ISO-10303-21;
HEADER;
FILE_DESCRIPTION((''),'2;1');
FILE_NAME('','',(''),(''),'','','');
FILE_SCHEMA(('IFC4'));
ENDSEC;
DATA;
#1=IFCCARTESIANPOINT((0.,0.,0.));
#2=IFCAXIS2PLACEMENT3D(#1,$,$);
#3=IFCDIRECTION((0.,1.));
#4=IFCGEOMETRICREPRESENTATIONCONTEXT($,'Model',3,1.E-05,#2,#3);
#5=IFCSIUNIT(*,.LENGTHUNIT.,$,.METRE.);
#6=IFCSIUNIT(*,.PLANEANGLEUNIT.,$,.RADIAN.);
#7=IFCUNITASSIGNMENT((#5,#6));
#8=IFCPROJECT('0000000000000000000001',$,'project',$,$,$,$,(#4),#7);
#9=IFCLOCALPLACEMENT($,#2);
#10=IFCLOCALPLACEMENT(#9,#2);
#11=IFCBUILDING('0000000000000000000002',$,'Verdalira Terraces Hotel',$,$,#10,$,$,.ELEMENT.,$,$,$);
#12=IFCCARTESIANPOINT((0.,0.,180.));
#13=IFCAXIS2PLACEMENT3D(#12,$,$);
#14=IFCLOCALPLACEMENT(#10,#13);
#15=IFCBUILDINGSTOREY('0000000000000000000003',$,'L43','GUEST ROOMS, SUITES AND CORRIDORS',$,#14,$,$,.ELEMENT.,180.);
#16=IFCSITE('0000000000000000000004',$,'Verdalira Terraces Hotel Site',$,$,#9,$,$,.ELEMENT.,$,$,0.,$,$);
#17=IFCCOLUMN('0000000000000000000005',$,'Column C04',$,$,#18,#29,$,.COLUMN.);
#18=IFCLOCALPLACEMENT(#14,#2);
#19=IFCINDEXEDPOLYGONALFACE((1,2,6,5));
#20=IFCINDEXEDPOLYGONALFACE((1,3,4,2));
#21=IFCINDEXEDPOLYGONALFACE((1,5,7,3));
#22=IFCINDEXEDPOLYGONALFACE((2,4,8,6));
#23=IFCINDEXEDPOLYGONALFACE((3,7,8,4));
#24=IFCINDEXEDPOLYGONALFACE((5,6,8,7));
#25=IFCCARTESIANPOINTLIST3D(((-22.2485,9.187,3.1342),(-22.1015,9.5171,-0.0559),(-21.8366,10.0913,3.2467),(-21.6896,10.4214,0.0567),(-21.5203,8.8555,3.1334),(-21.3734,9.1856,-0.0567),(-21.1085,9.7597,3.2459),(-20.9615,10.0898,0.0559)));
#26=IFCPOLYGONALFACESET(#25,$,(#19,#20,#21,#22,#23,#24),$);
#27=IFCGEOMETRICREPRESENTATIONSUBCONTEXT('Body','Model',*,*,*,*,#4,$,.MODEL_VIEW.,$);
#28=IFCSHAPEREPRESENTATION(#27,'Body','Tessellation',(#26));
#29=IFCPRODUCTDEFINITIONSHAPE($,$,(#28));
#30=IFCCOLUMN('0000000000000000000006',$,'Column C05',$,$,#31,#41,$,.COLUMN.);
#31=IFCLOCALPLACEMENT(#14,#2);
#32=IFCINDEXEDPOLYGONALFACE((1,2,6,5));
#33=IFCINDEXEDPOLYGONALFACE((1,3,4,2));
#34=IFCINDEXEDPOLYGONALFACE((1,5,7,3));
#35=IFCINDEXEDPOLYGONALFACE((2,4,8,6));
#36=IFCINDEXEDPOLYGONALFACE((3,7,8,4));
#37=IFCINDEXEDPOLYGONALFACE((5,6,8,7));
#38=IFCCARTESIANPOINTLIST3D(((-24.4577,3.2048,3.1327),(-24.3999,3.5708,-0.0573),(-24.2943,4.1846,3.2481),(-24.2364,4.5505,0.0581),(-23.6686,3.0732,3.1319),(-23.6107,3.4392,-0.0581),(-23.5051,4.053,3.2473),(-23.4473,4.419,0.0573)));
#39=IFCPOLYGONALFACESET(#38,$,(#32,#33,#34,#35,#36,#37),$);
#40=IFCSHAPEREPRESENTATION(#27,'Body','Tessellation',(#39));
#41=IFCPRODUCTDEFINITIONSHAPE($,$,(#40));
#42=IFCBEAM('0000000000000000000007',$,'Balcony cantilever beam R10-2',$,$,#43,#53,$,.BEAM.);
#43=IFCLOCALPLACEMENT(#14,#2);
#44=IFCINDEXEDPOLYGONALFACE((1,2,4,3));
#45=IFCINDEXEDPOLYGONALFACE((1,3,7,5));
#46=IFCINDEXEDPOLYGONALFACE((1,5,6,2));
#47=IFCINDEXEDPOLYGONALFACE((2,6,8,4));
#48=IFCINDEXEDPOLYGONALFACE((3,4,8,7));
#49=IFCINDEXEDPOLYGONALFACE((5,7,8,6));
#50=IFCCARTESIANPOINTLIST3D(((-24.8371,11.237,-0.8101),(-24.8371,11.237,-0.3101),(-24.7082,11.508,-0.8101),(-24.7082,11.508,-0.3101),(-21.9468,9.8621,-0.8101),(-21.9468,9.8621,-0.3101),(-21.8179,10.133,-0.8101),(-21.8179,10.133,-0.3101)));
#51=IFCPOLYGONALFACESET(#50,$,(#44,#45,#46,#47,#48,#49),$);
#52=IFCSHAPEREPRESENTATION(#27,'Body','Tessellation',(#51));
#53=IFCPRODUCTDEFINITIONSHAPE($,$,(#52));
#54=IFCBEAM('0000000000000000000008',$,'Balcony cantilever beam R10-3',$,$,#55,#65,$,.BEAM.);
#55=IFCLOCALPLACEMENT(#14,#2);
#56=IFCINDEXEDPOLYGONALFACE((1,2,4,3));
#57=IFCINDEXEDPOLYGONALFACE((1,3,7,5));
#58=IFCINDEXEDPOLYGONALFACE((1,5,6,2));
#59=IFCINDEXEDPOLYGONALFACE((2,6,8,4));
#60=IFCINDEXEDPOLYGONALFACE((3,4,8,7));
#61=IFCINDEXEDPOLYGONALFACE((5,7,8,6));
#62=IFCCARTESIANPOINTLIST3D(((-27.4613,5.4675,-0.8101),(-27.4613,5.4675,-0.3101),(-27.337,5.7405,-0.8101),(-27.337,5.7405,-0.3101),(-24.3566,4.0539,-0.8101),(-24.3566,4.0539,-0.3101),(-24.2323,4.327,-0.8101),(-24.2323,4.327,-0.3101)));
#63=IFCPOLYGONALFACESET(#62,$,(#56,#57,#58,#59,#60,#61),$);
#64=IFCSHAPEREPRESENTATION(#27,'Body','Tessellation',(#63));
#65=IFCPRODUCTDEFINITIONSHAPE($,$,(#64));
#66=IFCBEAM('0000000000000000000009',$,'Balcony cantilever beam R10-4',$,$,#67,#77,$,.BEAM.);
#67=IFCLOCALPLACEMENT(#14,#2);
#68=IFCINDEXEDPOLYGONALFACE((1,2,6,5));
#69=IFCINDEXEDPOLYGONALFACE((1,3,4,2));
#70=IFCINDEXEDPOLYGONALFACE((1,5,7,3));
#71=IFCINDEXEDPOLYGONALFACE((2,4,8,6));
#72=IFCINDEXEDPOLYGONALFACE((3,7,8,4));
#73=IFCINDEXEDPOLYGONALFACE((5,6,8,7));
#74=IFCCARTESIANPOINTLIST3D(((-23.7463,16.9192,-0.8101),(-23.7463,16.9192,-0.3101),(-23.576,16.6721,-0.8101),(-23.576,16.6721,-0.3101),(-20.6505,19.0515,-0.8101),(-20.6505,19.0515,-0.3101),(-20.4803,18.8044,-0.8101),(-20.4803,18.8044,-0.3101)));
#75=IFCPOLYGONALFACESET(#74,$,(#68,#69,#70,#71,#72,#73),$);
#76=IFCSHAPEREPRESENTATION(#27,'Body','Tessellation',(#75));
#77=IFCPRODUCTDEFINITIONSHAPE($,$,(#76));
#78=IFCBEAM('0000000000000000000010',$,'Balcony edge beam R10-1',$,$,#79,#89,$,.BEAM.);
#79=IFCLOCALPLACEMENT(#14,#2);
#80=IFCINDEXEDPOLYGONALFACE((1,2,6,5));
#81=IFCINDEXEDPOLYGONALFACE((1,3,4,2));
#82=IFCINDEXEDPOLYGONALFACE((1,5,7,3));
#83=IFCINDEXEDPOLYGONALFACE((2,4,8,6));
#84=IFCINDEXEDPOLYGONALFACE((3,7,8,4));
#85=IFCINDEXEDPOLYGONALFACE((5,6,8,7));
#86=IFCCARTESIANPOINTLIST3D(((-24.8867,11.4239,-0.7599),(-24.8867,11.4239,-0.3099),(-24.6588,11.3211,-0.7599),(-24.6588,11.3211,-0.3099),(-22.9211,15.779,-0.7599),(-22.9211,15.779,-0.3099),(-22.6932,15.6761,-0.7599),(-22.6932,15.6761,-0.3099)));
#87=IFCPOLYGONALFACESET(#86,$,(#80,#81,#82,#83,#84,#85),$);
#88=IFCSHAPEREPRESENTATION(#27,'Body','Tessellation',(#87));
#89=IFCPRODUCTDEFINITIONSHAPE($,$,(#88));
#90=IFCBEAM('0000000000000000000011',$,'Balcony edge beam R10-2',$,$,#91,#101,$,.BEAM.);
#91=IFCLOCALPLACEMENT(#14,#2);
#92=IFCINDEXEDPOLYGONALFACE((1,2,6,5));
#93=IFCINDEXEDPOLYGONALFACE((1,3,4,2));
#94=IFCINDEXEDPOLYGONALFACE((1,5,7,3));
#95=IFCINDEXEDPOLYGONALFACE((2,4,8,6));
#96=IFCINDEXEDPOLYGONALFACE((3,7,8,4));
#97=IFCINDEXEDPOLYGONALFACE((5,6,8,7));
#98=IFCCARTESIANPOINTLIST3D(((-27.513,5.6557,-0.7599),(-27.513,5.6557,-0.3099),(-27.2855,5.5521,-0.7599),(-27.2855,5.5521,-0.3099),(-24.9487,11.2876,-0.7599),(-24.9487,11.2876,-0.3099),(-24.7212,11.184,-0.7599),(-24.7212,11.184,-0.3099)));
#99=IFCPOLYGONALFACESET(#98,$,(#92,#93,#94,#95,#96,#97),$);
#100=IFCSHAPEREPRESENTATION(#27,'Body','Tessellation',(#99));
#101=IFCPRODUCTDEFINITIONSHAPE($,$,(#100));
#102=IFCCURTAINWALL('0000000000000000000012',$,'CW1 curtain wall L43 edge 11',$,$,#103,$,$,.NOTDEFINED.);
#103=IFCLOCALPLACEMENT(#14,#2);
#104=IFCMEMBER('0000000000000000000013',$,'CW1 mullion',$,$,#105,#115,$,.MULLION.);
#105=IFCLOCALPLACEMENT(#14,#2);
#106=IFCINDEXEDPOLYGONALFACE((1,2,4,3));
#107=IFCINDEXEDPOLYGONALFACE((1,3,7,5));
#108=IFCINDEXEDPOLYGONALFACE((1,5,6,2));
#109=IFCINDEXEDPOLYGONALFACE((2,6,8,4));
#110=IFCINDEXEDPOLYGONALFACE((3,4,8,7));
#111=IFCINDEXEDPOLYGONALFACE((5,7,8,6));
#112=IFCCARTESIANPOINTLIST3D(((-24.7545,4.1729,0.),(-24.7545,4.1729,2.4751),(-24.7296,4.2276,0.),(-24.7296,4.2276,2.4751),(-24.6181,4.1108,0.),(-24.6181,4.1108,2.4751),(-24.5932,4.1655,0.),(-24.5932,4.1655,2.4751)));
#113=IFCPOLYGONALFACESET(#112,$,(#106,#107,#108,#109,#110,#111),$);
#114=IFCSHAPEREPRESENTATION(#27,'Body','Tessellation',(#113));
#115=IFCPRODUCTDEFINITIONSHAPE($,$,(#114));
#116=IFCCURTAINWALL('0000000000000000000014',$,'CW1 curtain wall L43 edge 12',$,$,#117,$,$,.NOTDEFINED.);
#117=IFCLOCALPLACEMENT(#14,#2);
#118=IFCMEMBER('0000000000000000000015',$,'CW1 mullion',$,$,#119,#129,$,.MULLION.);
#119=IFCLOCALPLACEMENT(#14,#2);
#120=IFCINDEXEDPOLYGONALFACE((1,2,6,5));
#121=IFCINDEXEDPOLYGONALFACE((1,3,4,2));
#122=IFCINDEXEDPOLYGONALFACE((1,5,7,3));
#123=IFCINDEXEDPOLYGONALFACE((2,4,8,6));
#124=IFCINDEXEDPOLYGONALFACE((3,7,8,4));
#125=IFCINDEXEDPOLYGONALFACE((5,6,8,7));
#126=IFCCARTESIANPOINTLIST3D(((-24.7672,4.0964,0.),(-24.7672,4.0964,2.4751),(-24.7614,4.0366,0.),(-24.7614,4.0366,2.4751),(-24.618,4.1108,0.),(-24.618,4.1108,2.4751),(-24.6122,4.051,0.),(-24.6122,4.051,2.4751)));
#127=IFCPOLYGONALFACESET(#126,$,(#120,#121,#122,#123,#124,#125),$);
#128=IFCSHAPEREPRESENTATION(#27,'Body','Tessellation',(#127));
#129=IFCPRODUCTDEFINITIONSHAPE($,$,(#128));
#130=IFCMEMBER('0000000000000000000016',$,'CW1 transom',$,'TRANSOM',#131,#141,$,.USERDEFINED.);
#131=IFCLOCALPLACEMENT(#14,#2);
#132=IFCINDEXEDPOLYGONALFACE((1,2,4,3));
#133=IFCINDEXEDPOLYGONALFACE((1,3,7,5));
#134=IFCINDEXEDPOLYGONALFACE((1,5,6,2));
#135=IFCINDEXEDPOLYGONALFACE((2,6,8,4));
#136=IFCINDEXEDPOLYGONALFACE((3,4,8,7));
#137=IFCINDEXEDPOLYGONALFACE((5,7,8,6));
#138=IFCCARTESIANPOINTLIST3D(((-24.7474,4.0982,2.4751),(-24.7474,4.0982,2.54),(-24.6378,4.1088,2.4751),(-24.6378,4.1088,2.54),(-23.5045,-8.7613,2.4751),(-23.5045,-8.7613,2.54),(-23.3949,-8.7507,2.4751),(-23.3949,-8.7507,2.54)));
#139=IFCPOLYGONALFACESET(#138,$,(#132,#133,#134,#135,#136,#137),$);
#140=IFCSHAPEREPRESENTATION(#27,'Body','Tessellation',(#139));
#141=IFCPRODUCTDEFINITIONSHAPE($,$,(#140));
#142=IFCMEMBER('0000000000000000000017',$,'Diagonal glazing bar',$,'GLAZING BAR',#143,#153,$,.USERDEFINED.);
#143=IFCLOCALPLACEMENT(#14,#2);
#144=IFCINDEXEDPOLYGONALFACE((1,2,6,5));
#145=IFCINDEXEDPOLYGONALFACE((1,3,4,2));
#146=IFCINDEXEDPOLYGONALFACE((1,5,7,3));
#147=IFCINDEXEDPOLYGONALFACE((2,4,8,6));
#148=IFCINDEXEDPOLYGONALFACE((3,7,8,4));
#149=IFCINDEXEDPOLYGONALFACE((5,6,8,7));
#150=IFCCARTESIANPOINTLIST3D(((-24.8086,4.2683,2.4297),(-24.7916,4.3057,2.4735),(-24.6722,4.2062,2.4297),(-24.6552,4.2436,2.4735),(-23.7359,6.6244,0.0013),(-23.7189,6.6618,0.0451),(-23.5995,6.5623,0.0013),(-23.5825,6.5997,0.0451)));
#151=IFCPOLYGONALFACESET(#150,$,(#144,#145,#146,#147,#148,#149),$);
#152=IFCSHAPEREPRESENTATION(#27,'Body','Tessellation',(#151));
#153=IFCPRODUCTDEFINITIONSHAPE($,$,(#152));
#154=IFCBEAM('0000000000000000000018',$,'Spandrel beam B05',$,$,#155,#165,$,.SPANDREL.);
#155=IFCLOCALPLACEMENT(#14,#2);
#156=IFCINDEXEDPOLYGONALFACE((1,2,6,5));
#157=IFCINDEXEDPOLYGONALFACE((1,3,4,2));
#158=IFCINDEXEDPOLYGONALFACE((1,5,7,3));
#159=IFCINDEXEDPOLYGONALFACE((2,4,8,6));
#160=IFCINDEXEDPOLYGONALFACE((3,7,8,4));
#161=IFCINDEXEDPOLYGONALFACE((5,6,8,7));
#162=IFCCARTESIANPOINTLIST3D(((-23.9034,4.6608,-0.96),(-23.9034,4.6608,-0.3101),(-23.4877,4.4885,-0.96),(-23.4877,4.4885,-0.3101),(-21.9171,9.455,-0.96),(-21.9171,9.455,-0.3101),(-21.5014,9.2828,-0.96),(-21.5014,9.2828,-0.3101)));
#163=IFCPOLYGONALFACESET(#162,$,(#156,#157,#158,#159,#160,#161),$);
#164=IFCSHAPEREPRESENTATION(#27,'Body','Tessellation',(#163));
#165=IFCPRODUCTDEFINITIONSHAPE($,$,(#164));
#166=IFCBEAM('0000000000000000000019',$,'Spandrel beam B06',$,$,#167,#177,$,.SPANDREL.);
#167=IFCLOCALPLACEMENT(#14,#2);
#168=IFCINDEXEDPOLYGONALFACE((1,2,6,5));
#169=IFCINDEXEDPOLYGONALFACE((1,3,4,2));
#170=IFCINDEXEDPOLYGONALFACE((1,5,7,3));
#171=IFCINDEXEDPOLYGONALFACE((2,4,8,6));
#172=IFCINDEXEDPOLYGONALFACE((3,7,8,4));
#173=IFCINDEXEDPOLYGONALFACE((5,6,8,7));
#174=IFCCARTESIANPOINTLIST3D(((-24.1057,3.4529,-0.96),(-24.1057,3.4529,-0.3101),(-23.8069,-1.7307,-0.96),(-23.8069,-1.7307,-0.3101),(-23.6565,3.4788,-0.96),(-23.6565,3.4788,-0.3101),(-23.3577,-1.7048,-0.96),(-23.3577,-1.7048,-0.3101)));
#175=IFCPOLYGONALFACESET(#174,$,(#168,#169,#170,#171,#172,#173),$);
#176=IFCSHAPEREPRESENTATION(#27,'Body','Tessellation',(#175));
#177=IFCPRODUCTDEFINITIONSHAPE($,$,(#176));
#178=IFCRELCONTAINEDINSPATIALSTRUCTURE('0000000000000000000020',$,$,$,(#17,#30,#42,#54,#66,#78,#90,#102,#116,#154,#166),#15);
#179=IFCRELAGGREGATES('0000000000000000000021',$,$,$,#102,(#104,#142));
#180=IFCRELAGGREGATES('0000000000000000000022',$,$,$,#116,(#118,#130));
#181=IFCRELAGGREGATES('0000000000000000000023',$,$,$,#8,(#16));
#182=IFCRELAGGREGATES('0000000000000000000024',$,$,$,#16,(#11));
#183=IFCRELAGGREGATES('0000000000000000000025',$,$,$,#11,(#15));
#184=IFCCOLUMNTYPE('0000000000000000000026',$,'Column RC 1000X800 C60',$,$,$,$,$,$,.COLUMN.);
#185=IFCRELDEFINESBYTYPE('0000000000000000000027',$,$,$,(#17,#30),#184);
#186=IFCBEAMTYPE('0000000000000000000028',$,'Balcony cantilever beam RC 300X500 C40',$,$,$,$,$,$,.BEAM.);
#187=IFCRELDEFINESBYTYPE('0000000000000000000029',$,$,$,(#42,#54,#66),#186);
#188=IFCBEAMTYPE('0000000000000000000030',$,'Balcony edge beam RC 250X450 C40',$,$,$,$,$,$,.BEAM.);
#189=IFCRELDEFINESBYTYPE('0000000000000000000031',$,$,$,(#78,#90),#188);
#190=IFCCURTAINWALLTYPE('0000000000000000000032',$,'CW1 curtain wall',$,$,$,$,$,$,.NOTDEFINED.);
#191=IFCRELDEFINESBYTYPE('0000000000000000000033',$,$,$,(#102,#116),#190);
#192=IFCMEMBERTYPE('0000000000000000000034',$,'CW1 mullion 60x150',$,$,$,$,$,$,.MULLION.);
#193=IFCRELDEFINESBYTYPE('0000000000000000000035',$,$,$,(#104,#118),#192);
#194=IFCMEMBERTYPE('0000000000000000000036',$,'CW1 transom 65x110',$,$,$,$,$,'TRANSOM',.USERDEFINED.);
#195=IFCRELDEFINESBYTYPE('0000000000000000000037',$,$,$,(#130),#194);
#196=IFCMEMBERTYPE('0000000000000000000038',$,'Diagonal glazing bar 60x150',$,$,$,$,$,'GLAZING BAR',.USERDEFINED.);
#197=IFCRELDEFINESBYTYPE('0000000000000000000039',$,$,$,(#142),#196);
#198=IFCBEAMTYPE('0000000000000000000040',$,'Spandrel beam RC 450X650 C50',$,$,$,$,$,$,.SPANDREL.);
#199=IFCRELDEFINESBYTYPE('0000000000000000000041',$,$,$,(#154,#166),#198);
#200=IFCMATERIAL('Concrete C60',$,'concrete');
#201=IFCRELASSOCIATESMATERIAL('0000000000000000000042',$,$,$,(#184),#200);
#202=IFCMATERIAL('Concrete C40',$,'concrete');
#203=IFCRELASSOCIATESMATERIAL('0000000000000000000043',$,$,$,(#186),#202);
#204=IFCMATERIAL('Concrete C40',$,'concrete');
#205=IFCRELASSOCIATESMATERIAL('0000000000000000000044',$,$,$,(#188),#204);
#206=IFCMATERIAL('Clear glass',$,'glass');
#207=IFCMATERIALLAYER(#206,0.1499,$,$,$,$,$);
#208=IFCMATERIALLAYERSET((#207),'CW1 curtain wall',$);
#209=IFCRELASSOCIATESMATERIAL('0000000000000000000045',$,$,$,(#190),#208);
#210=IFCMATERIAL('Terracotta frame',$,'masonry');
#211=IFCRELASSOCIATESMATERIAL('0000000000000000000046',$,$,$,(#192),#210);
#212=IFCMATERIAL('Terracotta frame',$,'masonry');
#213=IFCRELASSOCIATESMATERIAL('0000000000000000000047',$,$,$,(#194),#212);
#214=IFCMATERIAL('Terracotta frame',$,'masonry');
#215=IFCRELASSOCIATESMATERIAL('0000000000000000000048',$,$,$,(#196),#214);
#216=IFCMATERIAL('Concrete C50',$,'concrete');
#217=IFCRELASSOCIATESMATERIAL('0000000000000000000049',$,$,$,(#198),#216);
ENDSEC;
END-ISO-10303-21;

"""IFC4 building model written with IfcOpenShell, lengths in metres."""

from ifc_helpers import new_model, si_unit, direction, frame, origin, origin_2d, place, context, subcontext, project, spatial, rectangle, extrude, material, layer, layer_set, material_profile, profile_set, type_object, element, aggregate, save


model = new_model("IFC4")

# Units and contexts
model_context = context("Model", 3, precision=1e-05, world=origin(), true_north=direction((0.0, 1.0)))
body_context = subcontext(model_context, "Body", "Model", "MODEL_VIEW")
ifc_project = project(units=[si_unit("LENGTHUNIT", "METRE"), si_unit("PLANEANGLEUNIT", "RADIAN")], contexts=[model_context])

# Site, building, storey
site_placement = place(None, origin())
site = spatial("IfcSite", under=ifc_project, at=site_placement, Name="Verdalira Terraces Hotel Site", CompositionType="ELEMENT", RefElevation=0.0)
building_placement = place(site_placement, origin())
building = spatial("IfcBuilding", under=site, at=building_placement, Name="Verdalira Terraces Hotel", CompositionType="ELEMENT")
storey_placement = place(building_placement, frame((0.0, 0.0, 180.0)))
storey = spatial("IfcBuildingStorey", under=building, at=storey_placement, Name="L43", Description="GUEST ROOMS, SUITES AND CORRIDORS", CompositionType="ELEMENT", Elevation=180.0)

# Columns
ifc_material_1 = material(Name="Concrete C60", Category="concrete")
ifc_material_profile_1 = material_profile(ifc_material_1, rectangle(XDim=1.0, YDim=0.8, at=origin_2d()), Name="RC 1000X800")
ifc_profile_set_1 = profile_set([ifc_material_profile_1], Name="Concrete C60")
column_type = type_object("IfcColumnType", Name="Column RC 1000X800 C60", PredefinedType="COLUMN", material=ifc_profile_set_1)
column_1_placement = place(storey_placement, frame((-21.5315, 9.8035, 0.0), z_axis=(-0.045781, -0.102817, 0.993646), x_axis=(-0.411869, -0.904266, -0.112545)))
element("IfcColumn", 1, at=column_1_placement, inside=storey, type_object=column_type, Name="Column C04", PredefinedType="COLUMN", context=body_context, shape_type="SweptSolid", body=[
    extrude(rectangle(XDim=1.0, YDim=0.8, at=origin_2d()), origin(), (0.0, 0.0, 1.0), 3.2104),
])
column_2_placement = place(storey_placement, frame((-23.9236, 3.9949, 0.0), z_axis=(-0.018018, -0.113959, 0.993322), x_axis=(0.163447, 0.979783, 0.115371)))
element("IfcColumn", 2, at=column_2_placement, inside=storey, type_object=column_type, Name="Column C05", PredefinedType="COLUMN", context=body_context, shape_type="SweptSolid", body=[
    extrude(rectangle(XDim=1.0, YDim=0.8, at=origin_2d()), origin(), (0.0, 0.0, 1.0), 3.2114),
])

# Beams
ifc_material_2 = material(Name="Concrete C40", Category="concrete")
ifc_material_profile_2 = material_profile(ifc_material_2, rectangle(XDim=0.3, YDim=0.5, at=origin_2d()), Name="RC 300X500")
ifc_profile_set_2 = profile_set([ifc_material_profile_2], Name="Concrete C40")
beam_type_1 = type_object("IfcBeamType", Name="Balcony cantilever beam RC 300X500 C40", PredefinedType="BEAM", material=ifc_profile_set_2)
beam_1_placement = place(storey_placement, frame((-21.8823, 9.9976, -0.5601), z_axis=(-0.903027, 0.429584, 0.0), x_axis=(-0.429584, -0.903027, 0.0)))
element("IfcBeam", 3, at=beam_1_placement, inside=storey, type_object=beam_type_1, Name="Balcony cantilever beam R10-2", PredefinedType="BEAM", context=body_context, shape_type="SweptSolid", body=[
    extrude(rectangle(XDim=0.3, YDim=0.5, at=origin_2d()), origin(), (0.0, 0.0, 1.0), 3.2007),
])
beam_2_placement = place(storey_placement, frame((-24.2944, 4.1904, -0.5601), z_axis=(-0.910109, 0.414369, 0.0), x_axis=(-0.414369, -0.910109, 0.0)))
element("IfcBeam", 4, at=beam_2_placement, inside=storey, type_object=beam_type_1, Name="Balcony cantilever beam R10-3", PredefinedType="BEAM", context=body_context, shape_type="SweptSolid", body=[
    extrude(rectangle(XDim=0.3, YDim=0.5, at=origin_2d()), origin(), (0.0, 0.0, 1.0), 3.4114),
])
beam_3_placement = place(storey_placement, frame((-20.5654, 18.928, -0.5601), z_axis=(-0.823541, -0.567256, 0.0), x_axis=(0.567256, -0.823541, 0.0)))
element("IfcBeam", 5, at=beam_3_placement, inside=storey, type_object=beam_type_1, Name="Balcony cantilever beam R10-4", PredefinedType="BEAM", context=body_context, shape_type="SweptSolid", body=[
    extrude(rectangle(XDim=0.3, YDim=0.5, at=origin_2d()), origin(), (0.0, 0.0, 1.0), 3.759),
])
ifc_material_3 = material(Name="Concrete C40", Category="concrete")
ifc_material_profile_3 = material_profile(ifc_material_3, rectangle(XDim=0.25, YDim=0.45, at=origin_2d()), Name="RC 250X450")
ifc_profile_set_3 = profile_set([ifc_material_profile_3], Name="Concrete C40")
beam_type_2 = type_object("IfcBeamType", Name="Balcony edge beam RC 250X450 C40", PredefinedType="BEAM", material=ifc_profile_set_3)
beam_4_placement = place(storey_placement, frame((-22.8071, 15.7275, -0.5349), z_axis=(-0.41138, -0.911464, 0.0), x_axis=(0.911464, -0.41138, 0.0)))
element("IfcBeam", 6, at=beam_4_placement, inside=storey, type_object=beam_type_2, Name="Balcony edge beam R10-1", PredefinedType="BEAM", context=body_context, shape_type="SweptSolid", body=[
    extrude(rectangle(XDim=0.25, YDim=0.45, at=origin_2d()), origin(), (0.0, 0.0, 1.0), 4.7781),
])
beam_5_placement = place(storey_placement, frame((-24.835, 11.2358, -0.5349), z_axis=(-0.414377, -0.910106, 0.0), x_axis=(0.910106, -0.414377, 0.0)))
element("IfcBeam", 7, at=beam_5_placement, inside=storey, type_object=beam_type_2, Name="Balcony edge beam R10-2", PredefinedType="BEAM", context=body_context, shape_type="SweptSolid", body=[
    extrude(rectangle(XDim=0.25, YDim=0.45, at=origin_2d()), origin(), (0.0, 0.0, 1.0), 6.1882),
])

# Curtain wall, member
ifc_material_4 = material(Name="Clear glass", Category="glass")
ifc_layer_1 = layer(ifc_material_4, 0.1499)
ifc_layer_set_1 = layer_set([ifc_layer_1], Name="CW1 curtain wall")
curtain_wall_type = type_object("IfcCurtainWallType", Name="CW1 curtain wall", PredefinedType="NOTDEFINED", material=ifc_layer_set_1)
curtain_wall_1_placement = place(storey_placement, origin())
curtain_wall_1 = element("IfcCurtainWall", 8, at=curtain_wall_1_placement, inside=storey, type_object=curtain_wall_type, Name="CW1 curtain wall L43 edge 11", PredefinedType="NOTDEFINED")
ifc_material_5 = material(Name="Terracotta frame", Category="masonry")
ifc_material_profile_4 = material_profile(ifc_material_5, rectangle(XDim=0.0601, YDim=0.1499, at=origin_2d()), Name="MU 60x150")
ifc_profile_set_4 = profile_set([ifc_material_profile_4], Name="Terracotta frame")
member_type_1 = type_object("IfcMemberType", Name="CW1 mullion 60x150", PredefinedType="MULLION", material=ifc_profile_set_4)
member_1_placement = place(storey_placement, frame((-24.6738, 4.1692, 0.0), z_axis=(0.0, 0.0, 1.0), x_axis=(-0.414376, -0.910106, 0.0)))
member_1 = element("IfcMember", 9, at=member_1_placement, type_object=member_type_1, Name="CW1 mullion", PredefinedType="MULLION", context=body_context, shape_type="SweptSolid", body=[
    extrude(rectangle(XDim=0.0601, YDim=0.1499, at=origin_2d()), origin(), (0.0, 0.0, 1.0), 2.4751),
])

# Curtain wall, members
curtain_wall_2_placement = place(storey_placement, origin())
curtain_wall_2 = element("IfcCurtainWall", 10, at=curtain_wall_2_placement, inside=storey, type_object=curtain_wall_type, Name="CW1 curtain wall L43 edge 12", PredefinedType="NOTDEFINED")
member_2_placement = place(storey_placement, frame((-24.6897, 4.0737, 0.0), z_axis=(0.0, 0.0, 1.0), x_axis=(0.096193, -0.995363, 0.0)))
member_2 = element("IfcMember", 11, at=member_2_placement, type_object=member_type_1, Name="CW1 mullion", PredefinedType="MULLION", context=body_context, shape_type="SweptSolid", body=[
    extrude(rectangle(XDim=0.0601, YDim=0.1499, at=origin_2d()), origin(), (0.0, 0.0, 1.0), 2.4751),
])
ifc_material_6 = material(Name="Terracotta frame", Category="masonry")
ifc_material_profile_5 = material_profile(ifc_material_6, rectangle(XDim=0.1101, YDim=0.0649, at=origin_2d()), Name="TR 65x110")
ifc_profile_set_5 = profile_set([ifc_material_profile_5], Name="Terracotta frame")
member_type_2 = type_object("IfcMemberType", Name="CW1 transom 65x110", ElementType="TRANSOM", PredefinedType="USERDEFINED", material=ifc_profile_set_5)
member_3_placement = place(storey_placement, frame((-24.6926, 4.1035, 2.5076), z_axis=(0.096205, -0.995362, 0.0), x_axis=(0.995362, 0.096205, 0.0)))
member_3 = element("IfcMember", 12, at=member_3_placement, type_object=member_type_2, Name="CW1 transom", ObjectType="TRANSOM", PredefinedType="USERDEFINED", context=body_context, shape_type="SweptSolid", body=[
    extrude(rectangle(XDim=0.1101, YDim=0.0649, at=origin_2d()), origin(), (0.0, 0.0, 1.0), 12.9194),
])

# Member
ifc_material_7 = material(Name="Terracotta frame", Category="masonry")
ifc_material_profile_6 = material_profile(ifc_material_7, rectangle(XDim=0.1499, YDim=0.0601, at=origin_2d()), Name="GB 60x150")
ifc_profile_set_6 = profile_set([ifc_material_profile_6], Name="Terracotta frame")
member_type_3 = type_object("IfcMemberType", Name="Diagonal glazing bar 60x150", ElementType="GLAZING BAR", PredefinedType="USERDEFINED", material=ifc_profile_set_6)
member_4_placement = place(storey_placement, frame((-23.6592, 6.6121, 0.0232), z_axis=(-0.302215, -0.663786, 0.684145), x_axis=(0.910111, -0.414364, 0.0)))
member_4 = element("IfcMember", 13, at=member_4_placement, type_object=member_type_3, Name="Diagonal glazing bar", ObjectType="GLAZING BAR", PredefinedType="USERDEFINED", context=body_context, shape_type="SweptSolid", body=[
    extrude(rectangle(XDim=0.1499, YDim=0.0601, at=origin_2d()), origin(), (0.0, 0.0, 1.0), 3.5496),
])

# Beams
ifc_material_8 = material(Name="Concrete C50", Category="concrete")
ifc_material_profile_7 = material_profile(ifc_material_8, rectangle(XDim=0.45, YDim=0.6499, at=origin_2d()), Name="RC 450X650")
ifc_profile_set_7 = profile_set([ifc_material_profile_7], Name="Concrete C50")
beam_type_3 = type_object("IfcBeamType", Name="Spandrel beam RC 450X650 C50", PredefinedType="SPANDREL", material=ifc_profile_set_7)
beam_6_placement = place(storey_placement, frame((-21.7092, 9.3689, -0.635), z_axis=(-0.382767, -0.923845, 0.0), x_axis=(0.923845, -0.382767, 0.0)))
element("IfcBeam", 14, at=beam_6_placement, inside=storey, type_object=beam_type_3, Name="Spandrel beam B05", PredefinedType="SPANDREL", context=body_context, shape_type="SweptSolid", body=[
    extrude(rectangle(XDim=0.45, YDim=0.6499, at=origin_2d()), origin(), (0.0, 0.0, 1.0), 5.1895),
])
beam_7_placement = place(storey_placement, frame((-23.8811, 3.4658, -0.635), z_axis=(0.057553, -0.998342, 0.0), x_axis=(0.998342, 0.057553, 0.0)))
element("IfcBeam", 15, at=beam_7_placement, inside=storey, type_object=beam_type_3, Name="Spandrel beam B06", PredefinedType="SPANDREL", context=body_context, shape_type="SweptSolid", body=[
    extrude(rectangle(XDim=0.45, YDim=0.6499, at=origin_2d()), origin(), (0.0, 0.0, 1.0), 5.1921),
])

aggregate(curtain_wall_1, [member_1, member_4])
aggregate(curtain_wall_2, [member_2, member_3])

save(model, "model.ifc")
